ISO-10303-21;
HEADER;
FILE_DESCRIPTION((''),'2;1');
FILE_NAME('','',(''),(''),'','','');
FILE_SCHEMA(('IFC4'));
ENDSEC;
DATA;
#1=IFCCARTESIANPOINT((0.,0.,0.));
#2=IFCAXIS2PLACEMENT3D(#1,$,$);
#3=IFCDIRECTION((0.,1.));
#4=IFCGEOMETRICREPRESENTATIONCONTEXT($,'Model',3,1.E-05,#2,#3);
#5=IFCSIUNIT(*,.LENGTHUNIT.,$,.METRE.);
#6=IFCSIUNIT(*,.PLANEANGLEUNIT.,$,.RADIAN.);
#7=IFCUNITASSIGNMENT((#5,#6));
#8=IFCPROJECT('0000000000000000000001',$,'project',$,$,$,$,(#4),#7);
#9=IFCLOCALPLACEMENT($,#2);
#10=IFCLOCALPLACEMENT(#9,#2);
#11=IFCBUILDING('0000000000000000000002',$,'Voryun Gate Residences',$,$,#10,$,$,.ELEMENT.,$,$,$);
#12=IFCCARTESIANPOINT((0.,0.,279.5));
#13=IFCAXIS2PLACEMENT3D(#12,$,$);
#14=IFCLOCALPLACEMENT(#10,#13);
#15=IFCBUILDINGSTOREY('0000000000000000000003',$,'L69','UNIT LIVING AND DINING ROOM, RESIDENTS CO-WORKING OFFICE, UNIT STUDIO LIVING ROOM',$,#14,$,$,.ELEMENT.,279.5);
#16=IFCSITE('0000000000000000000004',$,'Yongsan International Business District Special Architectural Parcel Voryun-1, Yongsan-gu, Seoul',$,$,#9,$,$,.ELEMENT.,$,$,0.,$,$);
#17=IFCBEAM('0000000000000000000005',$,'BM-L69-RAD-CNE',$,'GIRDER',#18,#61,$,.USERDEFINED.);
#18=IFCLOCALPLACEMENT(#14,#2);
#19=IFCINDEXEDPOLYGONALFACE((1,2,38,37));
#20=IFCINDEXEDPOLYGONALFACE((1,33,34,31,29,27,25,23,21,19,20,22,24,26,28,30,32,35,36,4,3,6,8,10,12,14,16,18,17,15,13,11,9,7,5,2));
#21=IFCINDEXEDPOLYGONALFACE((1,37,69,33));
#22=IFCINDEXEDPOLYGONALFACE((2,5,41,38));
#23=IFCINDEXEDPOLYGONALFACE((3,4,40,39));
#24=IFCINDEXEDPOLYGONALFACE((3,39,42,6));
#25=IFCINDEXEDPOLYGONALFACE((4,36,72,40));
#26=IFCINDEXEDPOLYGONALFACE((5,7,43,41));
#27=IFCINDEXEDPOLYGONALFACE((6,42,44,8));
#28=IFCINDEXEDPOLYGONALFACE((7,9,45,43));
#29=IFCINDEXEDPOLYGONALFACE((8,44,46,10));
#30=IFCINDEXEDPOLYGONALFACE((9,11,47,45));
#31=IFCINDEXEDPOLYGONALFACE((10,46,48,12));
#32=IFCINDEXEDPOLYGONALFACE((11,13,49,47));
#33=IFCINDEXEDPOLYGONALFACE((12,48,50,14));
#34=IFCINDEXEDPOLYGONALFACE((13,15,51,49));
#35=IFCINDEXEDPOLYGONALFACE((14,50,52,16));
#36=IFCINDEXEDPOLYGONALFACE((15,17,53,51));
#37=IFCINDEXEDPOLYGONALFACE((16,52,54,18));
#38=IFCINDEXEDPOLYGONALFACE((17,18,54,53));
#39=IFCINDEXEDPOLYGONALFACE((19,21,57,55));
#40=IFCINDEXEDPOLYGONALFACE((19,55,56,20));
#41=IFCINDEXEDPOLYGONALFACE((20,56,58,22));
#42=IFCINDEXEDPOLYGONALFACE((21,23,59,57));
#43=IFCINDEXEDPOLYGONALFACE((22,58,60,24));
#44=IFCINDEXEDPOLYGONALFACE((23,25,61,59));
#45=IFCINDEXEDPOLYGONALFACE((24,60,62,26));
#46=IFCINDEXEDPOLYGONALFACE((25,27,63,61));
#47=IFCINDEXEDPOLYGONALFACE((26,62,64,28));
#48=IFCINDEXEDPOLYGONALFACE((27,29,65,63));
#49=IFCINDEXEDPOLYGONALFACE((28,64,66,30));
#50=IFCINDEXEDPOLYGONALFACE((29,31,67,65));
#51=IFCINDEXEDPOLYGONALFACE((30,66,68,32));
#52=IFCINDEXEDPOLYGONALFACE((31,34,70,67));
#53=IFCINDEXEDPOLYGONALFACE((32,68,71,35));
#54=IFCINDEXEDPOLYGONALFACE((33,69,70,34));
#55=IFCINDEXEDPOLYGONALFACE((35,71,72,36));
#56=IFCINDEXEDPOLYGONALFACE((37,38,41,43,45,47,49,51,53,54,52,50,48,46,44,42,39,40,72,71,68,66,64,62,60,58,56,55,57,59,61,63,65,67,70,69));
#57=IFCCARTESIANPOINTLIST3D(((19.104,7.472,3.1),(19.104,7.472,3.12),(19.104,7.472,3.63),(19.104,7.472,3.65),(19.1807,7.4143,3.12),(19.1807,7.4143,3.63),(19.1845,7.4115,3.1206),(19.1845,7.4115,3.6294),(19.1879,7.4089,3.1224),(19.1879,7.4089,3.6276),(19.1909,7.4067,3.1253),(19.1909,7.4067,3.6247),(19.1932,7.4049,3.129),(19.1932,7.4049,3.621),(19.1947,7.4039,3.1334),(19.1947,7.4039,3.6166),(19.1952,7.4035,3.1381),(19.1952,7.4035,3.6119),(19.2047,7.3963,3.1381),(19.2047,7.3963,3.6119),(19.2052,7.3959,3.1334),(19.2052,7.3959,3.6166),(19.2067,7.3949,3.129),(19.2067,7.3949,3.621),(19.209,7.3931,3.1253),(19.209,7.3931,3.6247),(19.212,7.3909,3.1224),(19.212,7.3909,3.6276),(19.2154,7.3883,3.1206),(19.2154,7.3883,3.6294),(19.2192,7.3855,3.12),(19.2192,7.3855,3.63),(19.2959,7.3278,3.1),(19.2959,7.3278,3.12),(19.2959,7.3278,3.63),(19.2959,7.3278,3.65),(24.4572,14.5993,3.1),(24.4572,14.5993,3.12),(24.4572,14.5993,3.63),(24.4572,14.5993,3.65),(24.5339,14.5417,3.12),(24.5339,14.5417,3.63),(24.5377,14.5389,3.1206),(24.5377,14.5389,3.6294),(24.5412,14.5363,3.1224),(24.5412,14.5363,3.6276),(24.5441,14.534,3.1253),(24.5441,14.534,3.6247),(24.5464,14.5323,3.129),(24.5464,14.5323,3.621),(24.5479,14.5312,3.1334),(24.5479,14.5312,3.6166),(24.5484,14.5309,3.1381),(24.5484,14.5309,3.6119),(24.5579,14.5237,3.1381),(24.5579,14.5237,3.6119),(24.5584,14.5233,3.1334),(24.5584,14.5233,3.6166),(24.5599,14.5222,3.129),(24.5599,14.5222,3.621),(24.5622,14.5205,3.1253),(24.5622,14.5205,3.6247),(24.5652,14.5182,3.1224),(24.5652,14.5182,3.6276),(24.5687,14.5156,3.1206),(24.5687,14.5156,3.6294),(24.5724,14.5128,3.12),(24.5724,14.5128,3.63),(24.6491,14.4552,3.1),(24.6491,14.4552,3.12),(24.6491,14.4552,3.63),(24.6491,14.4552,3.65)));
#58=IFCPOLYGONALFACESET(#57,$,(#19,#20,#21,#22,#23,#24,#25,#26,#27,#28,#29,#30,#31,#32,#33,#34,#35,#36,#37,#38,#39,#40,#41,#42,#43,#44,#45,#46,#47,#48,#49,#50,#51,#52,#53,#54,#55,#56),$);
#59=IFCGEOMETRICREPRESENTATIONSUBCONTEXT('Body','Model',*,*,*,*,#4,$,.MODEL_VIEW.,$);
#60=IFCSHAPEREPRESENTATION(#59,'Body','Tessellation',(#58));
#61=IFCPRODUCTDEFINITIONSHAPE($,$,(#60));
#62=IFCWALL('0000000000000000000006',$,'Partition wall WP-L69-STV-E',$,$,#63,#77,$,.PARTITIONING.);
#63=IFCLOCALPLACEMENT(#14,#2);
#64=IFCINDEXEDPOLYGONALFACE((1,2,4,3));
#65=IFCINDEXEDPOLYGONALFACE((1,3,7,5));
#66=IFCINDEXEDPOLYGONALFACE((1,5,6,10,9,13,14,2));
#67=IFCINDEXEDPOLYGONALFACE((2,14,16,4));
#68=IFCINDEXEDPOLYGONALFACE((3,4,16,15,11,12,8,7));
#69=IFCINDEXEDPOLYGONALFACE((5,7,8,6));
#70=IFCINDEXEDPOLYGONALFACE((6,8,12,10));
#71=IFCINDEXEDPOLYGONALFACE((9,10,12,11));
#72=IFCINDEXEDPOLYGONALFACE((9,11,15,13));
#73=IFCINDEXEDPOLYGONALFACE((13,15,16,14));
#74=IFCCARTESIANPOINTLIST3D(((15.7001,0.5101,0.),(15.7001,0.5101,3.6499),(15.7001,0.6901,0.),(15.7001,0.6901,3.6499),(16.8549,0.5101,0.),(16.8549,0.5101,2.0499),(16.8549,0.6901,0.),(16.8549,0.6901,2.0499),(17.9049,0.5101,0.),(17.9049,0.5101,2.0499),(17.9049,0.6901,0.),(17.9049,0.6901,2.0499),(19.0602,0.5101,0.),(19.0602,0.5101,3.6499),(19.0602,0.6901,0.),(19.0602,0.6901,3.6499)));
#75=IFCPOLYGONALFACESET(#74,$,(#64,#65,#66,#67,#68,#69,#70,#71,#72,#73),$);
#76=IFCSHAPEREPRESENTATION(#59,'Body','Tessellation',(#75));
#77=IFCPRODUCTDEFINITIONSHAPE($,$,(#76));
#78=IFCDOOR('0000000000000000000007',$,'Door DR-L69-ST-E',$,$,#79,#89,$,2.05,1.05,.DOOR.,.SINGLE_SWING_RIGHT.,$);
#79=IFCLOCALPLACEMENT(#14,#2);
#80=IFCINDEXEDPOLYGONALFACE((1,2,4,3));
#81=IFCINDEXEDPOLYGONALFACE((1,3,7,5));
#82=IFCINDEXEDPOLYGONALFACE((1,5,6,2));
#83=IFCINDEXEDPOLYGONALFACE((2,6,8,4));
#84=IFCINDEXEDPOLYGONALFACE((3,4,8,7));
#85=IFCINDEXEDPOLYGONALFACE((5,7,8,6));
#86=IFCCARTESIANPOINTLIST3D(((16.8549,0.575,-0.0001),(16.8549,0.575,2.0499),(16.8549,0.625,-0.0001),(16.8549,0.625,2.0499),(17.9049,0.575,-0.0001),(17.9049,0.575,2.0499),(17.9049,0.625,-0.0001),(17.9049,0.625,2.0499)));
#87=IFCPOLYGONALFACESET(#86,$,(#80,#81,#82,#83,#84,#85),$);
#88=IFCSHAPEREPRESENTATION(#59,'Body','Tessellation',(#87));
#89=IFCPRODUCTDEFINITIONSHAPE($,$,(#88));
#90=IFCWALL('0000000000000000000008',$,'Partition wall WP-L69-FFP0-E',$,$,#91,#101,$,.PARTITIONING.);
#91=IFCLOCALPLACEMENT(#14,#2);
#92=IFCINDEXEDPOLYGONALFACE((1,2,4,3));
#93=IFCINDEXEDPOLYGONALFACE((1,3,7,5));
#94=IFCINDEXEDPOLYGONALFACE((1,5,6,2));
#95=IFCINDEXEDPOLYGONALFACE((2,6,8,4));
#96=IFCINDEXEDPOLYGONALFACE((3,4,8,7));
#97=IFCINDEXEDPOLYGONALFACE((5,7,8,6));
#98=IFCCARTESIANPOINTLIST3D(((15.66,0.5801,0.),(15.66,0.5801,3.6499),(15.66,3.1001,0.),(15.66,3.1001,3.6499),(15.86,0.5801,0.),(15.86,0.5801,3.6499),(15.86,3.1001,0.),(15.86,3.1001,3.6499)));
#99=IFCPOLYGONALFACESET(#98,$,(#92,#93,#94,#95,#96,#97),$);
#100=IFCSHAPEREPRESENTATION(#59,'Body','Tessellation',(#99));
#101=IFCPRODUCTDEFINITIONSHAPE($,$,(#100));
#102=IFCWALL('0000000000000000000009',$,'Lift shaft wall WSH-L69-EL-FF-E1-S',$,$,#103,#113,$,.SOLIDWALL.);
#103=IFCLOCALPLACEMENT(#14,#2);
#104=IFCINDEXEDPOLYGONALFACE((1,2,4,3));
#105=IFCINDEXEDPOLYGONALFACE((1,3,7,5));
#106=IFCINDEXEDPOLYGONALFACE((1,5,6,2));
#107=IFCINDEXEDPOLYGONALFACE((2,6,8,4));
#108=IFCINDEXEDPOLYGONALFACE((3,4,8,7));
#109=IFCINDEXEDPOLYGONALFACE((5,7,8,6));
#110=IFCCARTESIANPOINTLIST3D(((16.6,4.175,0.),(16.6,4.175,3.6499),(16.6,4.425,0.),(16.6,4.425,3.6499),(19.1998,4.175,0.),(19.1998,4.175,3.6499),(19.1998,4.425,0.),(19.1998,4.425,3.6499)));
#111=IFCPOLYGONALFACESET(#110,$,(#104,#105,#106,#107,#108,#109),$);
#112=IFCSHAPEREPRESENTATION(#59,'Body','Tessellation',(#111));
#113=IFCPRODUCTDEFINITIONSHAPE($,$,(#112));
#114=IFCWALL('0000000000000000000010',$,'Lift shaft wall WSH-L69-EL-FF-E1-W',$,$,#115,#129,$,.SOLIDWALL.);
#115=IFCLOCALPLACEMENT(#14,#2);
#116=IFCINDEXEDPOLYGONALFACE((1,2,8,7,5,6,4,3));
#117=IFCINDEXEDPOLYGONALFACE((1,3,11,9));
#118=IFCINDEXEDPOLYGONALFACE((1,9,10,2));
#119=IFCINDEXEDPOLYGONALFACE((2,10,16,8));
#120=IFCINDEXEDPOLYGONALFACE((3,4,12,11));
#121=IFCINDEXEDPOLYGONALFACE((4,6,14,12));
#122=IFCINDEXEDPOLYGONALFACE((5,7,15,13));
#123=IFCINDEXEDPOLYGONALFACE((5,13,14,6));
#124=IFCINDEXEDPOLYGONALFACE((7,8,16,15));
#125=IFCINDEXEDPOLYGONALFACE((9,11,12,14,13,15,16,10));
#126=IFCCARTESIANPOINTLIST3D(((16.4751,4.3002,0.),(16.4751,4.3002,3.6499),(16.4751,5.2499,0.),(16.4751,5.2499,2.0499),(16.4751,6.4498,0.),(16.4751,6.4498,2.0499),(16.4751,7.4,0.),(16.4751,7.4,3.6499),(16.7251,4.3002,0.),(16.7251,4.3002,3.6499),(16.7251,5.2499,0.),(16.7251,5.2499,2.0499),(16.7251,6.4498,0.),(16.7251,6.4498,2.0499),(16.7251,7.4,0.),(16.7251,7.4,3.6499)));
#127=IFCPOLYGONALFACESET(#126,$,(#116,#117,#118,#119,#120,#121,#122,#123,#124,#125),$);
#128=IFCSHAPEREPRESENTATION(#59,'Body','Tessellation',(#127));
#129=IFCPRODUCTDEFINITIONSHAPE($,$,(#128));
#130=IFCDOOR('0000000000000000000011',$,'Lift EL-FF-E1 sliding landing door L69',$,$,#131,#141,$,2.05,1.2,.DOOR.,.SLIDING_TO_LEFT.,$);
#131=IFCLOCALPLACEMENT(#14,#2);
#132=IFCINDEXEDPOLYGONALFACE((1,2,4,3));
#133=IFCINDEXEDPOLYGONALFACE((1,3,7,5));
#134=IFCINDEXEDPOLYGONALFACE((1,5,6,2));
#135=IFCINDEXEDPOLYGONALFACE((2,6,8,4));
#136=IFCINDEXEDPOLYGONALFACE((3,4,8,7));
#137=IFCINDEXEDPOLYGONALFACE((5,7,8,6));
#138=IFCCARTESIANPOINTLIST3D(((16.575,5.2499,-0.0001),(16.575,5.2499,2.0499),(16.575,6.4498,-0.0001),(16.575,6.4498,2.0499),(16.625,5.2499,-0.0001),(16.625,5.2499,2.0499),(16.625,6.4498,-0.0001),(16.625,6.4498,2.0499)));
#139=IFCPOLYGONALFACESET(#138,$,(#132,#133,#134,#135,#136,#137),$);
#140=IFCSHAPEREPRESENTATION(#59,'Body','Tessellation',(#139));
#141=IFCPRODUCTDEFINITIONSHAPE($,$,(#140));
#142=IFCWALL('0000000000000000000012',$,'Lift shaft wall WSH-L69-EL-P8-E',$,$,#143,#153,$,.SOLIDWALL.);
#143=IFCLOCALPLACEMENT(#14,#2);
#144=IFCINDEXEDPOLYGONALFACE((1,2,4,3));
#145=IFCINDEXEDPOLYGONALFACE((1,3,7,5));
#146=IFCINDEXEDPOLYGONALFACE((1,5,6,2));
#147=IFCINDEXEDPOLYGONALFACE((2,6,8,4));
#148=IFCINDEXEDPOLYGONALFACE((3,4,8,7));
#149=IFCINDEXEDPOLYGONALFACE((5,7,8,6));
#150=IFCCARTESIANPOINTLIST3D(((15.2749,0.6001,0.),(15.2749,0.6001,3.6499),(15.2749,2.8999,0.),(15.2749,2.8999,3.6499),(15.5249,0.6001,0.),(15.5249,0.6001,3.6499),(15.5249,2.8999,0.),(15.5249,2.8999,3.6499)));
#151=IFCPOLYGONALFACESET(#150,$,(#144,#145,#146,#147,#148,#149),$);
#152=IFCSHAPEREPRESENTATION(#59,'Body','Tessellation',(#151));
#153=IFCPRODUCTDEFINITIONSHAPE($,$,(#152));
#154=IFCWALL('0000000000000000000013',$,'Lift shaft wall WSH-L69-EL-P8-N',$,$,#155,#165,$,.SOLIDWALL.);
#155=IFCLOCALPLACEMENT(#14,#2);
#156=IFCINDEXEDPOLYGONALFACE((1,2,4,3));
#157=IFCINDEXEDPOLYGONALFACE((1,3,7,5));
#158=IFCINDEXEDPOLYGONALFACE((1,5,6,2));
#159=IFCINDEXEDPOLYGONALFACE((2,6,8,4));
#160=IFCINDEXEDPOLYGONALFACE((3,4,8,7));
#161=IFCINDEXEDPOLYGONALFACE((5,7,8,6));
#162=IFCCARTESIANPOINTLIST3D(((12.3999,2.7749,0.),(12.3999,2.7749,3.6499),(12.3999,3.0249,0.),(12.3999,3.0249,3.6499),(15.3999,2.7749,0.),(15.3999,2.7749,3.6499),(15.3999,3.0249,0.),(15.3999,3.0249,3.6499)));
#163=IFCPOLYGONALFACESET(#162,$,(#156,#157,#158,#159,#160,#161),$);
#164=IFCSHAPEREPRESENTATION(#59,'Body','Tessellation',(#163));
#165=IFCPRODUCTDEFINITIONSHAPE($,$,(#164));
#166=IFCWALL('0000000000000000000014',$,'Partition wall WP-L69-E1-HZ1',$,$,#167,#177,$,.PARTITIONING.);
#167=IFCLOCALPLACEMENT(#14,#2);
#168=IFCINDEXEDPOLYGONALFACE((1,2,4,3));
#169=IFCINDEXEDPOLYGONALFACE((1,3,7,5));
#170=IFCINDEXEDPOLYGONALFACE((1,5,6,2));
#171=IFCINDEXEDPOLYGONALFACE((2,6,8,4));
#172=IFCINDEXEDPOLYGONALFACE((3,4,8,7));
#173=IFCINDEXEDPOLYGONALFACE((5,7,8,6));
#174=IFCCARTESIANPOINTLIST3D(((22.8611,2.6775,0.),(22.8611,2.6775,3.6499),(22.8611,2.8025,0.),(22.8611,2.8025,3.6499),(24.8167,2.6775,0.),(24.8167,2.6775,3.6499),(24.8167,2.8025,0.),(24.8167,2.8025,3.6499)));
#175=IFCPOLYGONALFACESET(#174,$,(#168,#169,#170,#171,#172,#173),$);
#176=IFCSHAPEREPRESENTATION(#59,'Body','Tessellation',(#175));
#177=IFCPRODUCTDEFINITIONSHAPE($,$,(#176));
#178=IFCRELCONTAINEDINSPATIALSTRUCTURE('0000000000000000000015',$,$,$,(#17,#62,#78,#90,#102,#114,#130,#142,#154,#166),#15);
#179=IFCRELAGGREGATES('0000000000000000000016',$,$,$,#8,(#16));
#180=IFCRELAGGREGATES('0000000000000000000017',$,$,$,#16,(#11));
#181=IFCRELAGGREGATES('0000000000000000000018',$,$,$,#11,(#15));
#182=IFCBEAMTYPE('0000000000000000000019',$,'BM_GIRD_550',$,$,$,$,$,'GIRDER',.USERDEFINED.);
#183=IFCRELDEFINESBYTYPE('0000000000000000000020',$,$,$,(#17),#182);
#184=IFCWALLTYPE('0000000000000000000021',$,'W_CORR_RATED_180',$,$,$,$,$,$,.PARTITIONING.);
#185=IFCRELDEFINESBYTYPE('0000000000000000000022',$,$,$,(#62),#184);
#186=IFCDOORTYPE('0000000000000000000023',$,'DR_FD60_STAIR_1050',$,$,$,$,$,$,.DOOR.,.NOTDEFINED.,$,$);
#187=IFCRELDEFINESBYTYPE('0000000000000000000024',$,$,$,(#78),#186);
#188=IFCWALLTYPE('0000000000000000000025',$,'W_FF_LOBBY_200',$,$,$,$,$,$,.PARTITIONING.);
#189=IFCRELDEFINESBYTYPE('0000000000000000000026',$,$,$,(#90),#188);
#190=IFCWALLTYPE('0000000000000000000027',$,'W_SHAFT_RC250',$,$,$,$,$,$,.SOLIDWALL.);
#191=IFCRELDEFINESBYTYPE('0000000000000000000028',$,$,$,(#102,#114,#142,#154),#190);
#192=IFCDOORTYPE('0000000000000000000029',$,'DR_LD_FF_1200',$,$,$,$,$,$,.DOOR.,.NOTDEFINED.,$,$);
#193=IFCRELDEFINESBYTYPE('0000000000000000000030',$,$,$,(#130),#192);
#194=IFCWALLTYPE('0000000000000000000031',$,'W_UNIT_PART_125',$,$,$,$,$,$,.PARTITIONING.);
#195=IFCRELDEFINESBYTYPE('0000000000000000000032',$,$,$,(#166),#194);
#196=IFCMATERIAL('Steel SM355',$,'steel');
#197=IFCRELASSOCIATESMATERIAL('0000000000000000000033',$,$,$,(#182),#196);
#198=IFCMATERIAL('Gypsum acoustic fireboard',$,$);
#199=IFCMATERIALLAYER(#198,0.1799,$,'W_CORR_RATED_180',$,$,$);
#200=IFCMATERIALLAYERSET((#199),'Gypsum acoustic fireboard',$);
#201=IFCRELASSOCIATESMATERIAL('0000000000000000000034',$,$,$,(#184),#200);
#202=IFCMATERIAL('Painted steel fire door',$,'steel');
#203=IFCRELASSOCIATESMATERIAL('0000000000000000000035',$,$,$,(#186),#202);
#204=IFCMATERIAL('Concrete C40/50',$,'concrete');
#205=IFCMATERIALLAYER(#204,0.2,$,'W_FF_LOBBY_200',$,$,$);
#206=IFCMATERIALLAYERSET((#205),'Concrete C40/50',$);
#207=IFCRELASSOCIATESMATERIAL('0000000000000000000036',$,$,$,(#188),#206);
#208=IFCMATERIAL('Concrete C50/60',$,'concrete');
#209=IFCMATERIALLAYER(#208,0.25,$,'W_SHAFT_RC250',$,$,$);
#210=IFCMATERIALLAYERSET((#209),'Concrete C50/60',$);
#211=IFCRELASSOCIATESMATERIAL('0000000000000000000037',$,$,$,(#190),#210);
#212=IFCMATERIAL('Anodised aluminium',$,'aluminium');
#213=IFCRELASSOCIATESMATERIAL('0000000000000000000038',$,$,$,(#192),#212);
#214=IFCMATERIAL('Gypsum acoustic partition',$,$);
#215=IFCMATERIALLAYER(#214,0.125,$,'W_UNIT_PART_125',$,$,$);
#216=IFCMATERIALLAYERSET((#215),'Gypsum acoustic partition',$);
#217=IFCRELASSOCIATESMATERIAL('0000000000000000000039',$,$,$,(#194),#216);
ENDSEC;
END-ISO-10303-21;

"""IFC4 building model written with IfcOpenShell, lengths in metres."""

from ifc_helpers import new_model, si_unit, direction, frame, frame_2d, origin, origin_2d, place, context, subcontext, project, spatial, rectangle, i_section, extrude, material, layer, layer_set, material_profile, profile_set, type_object, element, fill, save


model = new_model("IFC4")

# Units and contexts
model_context = context("Model", 3, precision=1e-05, world=origin(), true_north=direction((0.0, 1.0)))
body_context = subcontext(model_context, "Body", "Model", "MODEL_VIEW")
ifc_project = project(units=[si_unit("LENGTHUNIT", "METRE"), si_unit("PLANEANGLEUNIT", "RADIAN")], contexts=[model_context])

# Site, building, storey
site_placement = place(None, origin())
site = spatial("IfcSite", under=ifc_project, at=site_placement, Name="Yongsan International Business District Special Architectural Parcel Voryun-1, Yongsan-gu, Seoul", CompositionType="ELEMENT", RefElevation=0.0)
building_placement = place(site_placement, origin())
building = spatial("IfcBuilding", under=site, at=building_placement, Name="Voryun Gate Residences", CompositionType="ELEMENT")
storey_placement = place(building_placement, frame((0.0, 0.0, 279.5)))
storey = spatial("IfcBuildingStorey", under=building, at=storey_placement, Name="L69", Description="UNIT LIVING AND DINING ROOM, RESIDENTS CO-WORKING OFFICE, UNIT STUDIO LIVING ROOM", CompositionType="ELEMENT", Elevation=279.5)

# Beam
ifc_material_1 = material(Name="Steel SM355", Category="steel")
ifc_material_profile_1 = material_profile(ifc_material_1, i_section(OverallWidth=0.24, OverallDepth=0.55, WebThickness=0.012, FlangeThickness=0.02, FilletRadius=0.0181, at=origin_2d()), Name="H-550x240x12x20")
ifc_profile_set_1 = profile_set([ifc_material_profile_1], Name="Steel SM355")
beam_type_1 = type_object("IfcBeamType", Name="BM_GIRD_550", ElementType="GIRDER", PredefinedType="USERDEFINED", material=ifc_profile_set_1)
beam_1_placement = place(storey_placement, frame((19.2, 7.3999, 3.375), z_axis=(0.600552, 0.799586, 0.0), x_axis=(-0.799586, 0.600552, 0.0)))
element("IfcBeam", 1, at=beam_1_placement, inside=storey, type_object=beam_type_1, Name="BM-L69-RAD-CNE", ObjectType="GIRDER", PredefinedType="USERDEFINED", context=body_context, shape_type="SweptSolid", body=[
    extrude(i_section(OverallWidth=0.24, OverallDepth=0.55, WebThickness=0.012, FlangeThickness=0.02, FilletRadius=0.0181, at=origin_2d()), origin(), (0.0, 0.0, 1.0), 8.9138),
])

# Wall, opening, door
ifc_material_2 = material(Name="Gypsum acoustic fireboard")
ifc_layer_1 = layer(ifc_material_2, 0.1799, Name="W_CORR_RATED_180")
ifc_layer_set_1 = layer_set([ifc_layer_1], Name="Gypsum acoustic fireboard")
wall_type_1 = type_object("IfcWallType", Name="W_CORR_RATED_180", PredefinedType="PARTITIONING", material=ifc_layer_set_1)
wall_1_placement = place(storey_placement, frame((15.7, 0.6001, 0.0), z_axis=(0.0, 0.0, 1.0), x_axis=(1.0, 0.0, 0.0)))
wall_1 = element("IfcWall", 2, at=wall_1_placement, inside=storey, type_object=wall_type_1, Name="Partition wall WP-L69-STV-E", PredefinedType="PARTITIONING", context=body_context, shape_type="SweptSolid", body=[
    extrude(rectangle(XDim=3.3601, YDim=0.1799, at=frame_2d((1.6802, 0.0))), origin(), (0.0, 0.0, 1.0), 3.6499),
])
opening_1_placement = place(wall_1_placement, frame((1.155, 0.0, 0.0)))
opening_1 = element("IfcOpeningElement", 3, at=opening_1_placement, cuts=wall_1, PredefinedType="OPENING", context=body_context, shape_type="SweptSolid", body=[
    extrude(rectangle(XDim=1.05, YDim=2.05, at=frame_2d((0.5249, 1.0249))), frame((0.0, 0.0999, 0.0), z_axis=(0.0, -1.0, 0.0), x_axis=(1.0, 0.0, 0.0)), (0.0, 0.0, 1.0), 0.2),
])
ifc_material_3 = material(Name="Painted steel fire door", Category="steel")
door_type_1 = type_object("IfcDoorType", Name="DR_FD60_STAIR_1050", OperationType="NOTDEFINED", PredefinedType="DOOR", material=ifc_material_3)
door_1_placement = place(opening_1_placement, origin())
door_1 = element("IfcDoor", 4, at=door_1_placement, inside=storey, type_object=door_type_1, Name="Door DR-L69-ST-E", OperationType="SINGLE_SWING_RIGHT", OverallHeight=2.05, OverallWidth=1.05, PredefinedType="DOOR", context=body_context, shape_type="SweptSolid", body=[
    extrude(rectangle(XDim=1.05, YDim=2.05, at=frame_2d((0.5249, 1.0249))), frame((0.0, 0.0249, 0.0), z_axis=(0.0, -1.0, 0.0), x_axis=(1.0, 0.0, 0.0)), (0.0, 0.0, 1.0), 0.05),
])
fill(opening_1, door_1)

# Walls
ifc_material_4 = material(Name="Concrete C40/50", Category="concrete")
ifc_layer_2 = layer(ifc_material_4, 0.2, Name="W_FF_LOBBY_200")
ifc_layer_set_2 = layer_set([ifc_layer_2], Name="Concrete C40/50")
wall_type_2 = type_object("IfcWallType", Name="W_FF_LOBBY_200", PredefinedType="PARTITIONING", material=ifc_layer_set_2)
wall_2_placement = place(storey_placement, frame((15.76, 0.5801, 0.0), z_axis=(0.0, 0.0, 1.0), x_axis=(0.0, 1.0, 0.0)))
element("IfcWall", 5, at=wall_2_placement, inside=storey, type_object=wall_type_2, Name="Partition wall WP-L69-FFP0-E", PredefinedType="PARTITIONING", context=body_context, shape_type="SweptSolid", body=[
    extrude(rectangle(XDim=2.52, YDim=0.2, at=frame_2d((1.26, 0.0))), origin(), (0.0, 0.0, 1.0), 3.6499),
])
ifc_material_5 = material(Name="Concrete C50/60", Category="concrete")
ifc_layer_3 = layer(ifc_material_5, 0.25, Name="W_SHAFT_RC250")
ifc_layer_set_3 = layer_set([ifc_layer_3], Name="Concrete C50/60")
wall_type_3 = type_object("IfcWallType", Name="W_SHAFT_RC250", PredefinedType="SOLIDWALL", material=ifc_layer_set_3)
wall_3_placement = place(storey_placement, frame((16.6001, 4.3, 0.0), z_axis=(0.0, 0.0, 1.0), x_axis=(1.0, 0.0, 0.0)))
element("IfcWall", 6, at=wall_3_placement, inside=storey, type_object=wall_type_3, Name="Lift shaft wall WSH-L69-EL-FF-E1-S", PredefinedType="SOLIDWALL", context=body_context, shape_type="SweptSolid", body=[
    extrude(rectangle(XDim=2.5999, YDim=0.25, at=frame_2d((1.2998, 0.0))), origin(), (0.0, 0.0, 1.0), 3.6499),
])

# Wall, opening, door
wall_4_placement = place(storey_placement, frame((16.6001, 7.3999, 0.0), z_axis=(0.0, 0.0, 1.0), x_axis=(0.0, -1.0, 0.0)))
wall_4 = element("IfcWall", 7, at=wall_4_placement, inside=storey, type_object=wall_type_3, Name="Lift shaft wall WSH-L69-EL-FF-E1-W", PredefinedType="SOLIDWALL", context=body_context, shape_type="SweptSolid", body=[
    extrude(rectangle(XDim=3.0999, YDim=0.25, at=frame_2d((1.5498, 0.0))), origin(), (0.0, 0.0, 1.0), 3.6499),
])
opening_2_placement = place(wall_4_placement, frame((0.95, 0.0, 0.0)))
opening_2 = element("IfcOpeningElement", 8, at=opening_2_placement, cuts=wall_4, PredefinedType="OPENING", context=body_context, shape_type="SweptSolid", body=[
    extrude(rectangle(XDim=1.2, YDim=2.05, at=frame_2d((0.6001, 1.0249))), frame((0.0, 0.135, 0.0), z_axis=(0.0, -1.0, 0.0), x_axis=(1.0, 0.0, 0.0)), (0.0, 0.0, 1.0), 0.27),
])
ifc_material_6 = material(Name="Anodised aluminium", Category="aluminium")
door_type_2 = type_object("IfcDoorType", Name="DR_LD_FF_1200", OperationType="NOTDEFINED", PredefinedType="DOOR", material=ifc_material_6)
door_2_placement = place(opening_2_placement, origin())
door_2 = element("IfcDoor", 9, at=door_2_placement, inside=storey, type_object=door_type_2, Name="Lift EL-FF-E1 sliding landing door L69", OperationType="SLIDING_TO_LEFT", OverallHeight=2.05, OverallWidth=1.2, PredefinedType="DOOR", context=body_context, shape_type="SweptSolid", body=[
    extrude(rectangle(XDim=1.2, YDim=2.05, at=frame_2d((0.6001, 1.0249))), frame((0.0, 0.0249, 0.0), z_axis=(0.0, -1.0, 0.0), x_axis=(1.0, 0.0, 0.0)), (0.0, 0.0, 1.0), 0.05),
])
fill(opening_2, door_2)

# Walls
wall_5_placement = place(storey_placement, frame((15.3999, 0.6001, 0.0), z_axis=(0.0, 0.0, 1.0), x_axis=(0.0, 1.0, 0.0)))
element("IfcWall", 10, at=wall_5_placement, inside=storey, type_object=wall_type_3, Name="Lift shaft wall WSH-L69-EL-P8-E", PredefinedType="SOLIDWALL", context=body_context, shape_type="SweptSolid", body=[
    extrude(rectangle(XDim=2.2998, YDim=0.25, at=frame_2d((1.1499, 0.0))), origin(), (0.0, 0.0, 1.0), 3.6499),
])
wall_6_placement = place(storey_placement, frame((15.3999, 2.8999, 0.0), z_axis=(0.0, 0.0, 1.0), x_axis=(-1.0, 0.0, 0.0)))
element("IfcWall", 11, at=wall_6_placement, inside=storey, type_object=wall_type_3, Name="Lift shaft wall WSH-L69-EL-P8-N", PredefinedType="SOLIDWALL", context=body_context, shape_type="SweptSolid", body=[
    extrude(rectangle(XDim=3.0, YDim=0.25, at=frame_2d((1.5, 0.0))), origin(), (0.0, 0.0, 1.0), 3.6499),
])
ifc_material_7 = material(Name="Gypsum acoustic partition")
ifc_layer_4 = layer(ifc_material_7, 0.125, Name="W_UNIT_PART_125")
ifc_layer_set_4 = layer_set([ifc_layer_4], Name="Gypsum acoustic partition")
wall_type_4 = type_object("IfcWallType", Name="W_UNIT_PART_125", PredefinedType="PARTITIONING", material=ifc_layer_set_4)
wall_7_placement = place(storey_placement, frame((22.8611, 2.74, 0.0), z_axis=(0.0, 0.0, 1.0), x_axis=(1.0, 0.0, 0.0)))
element("IfcWall", 12, at=wall_7_placement, inside=storey, type_object=wall_type_4, Name="Partition wall WP-L69-E1-HZ1", PredefinedType="PARTITIONING", context=body_context, shape_type="SweptSolid", body=[
    extrude(rectangle(XDim=1.9556, YDim=0.125, at=frame_2d((0.9778, 0.0))), origin(), (0.0, 0.0, 1.0), 3.6499),
])

save(model, "model.ifc")
